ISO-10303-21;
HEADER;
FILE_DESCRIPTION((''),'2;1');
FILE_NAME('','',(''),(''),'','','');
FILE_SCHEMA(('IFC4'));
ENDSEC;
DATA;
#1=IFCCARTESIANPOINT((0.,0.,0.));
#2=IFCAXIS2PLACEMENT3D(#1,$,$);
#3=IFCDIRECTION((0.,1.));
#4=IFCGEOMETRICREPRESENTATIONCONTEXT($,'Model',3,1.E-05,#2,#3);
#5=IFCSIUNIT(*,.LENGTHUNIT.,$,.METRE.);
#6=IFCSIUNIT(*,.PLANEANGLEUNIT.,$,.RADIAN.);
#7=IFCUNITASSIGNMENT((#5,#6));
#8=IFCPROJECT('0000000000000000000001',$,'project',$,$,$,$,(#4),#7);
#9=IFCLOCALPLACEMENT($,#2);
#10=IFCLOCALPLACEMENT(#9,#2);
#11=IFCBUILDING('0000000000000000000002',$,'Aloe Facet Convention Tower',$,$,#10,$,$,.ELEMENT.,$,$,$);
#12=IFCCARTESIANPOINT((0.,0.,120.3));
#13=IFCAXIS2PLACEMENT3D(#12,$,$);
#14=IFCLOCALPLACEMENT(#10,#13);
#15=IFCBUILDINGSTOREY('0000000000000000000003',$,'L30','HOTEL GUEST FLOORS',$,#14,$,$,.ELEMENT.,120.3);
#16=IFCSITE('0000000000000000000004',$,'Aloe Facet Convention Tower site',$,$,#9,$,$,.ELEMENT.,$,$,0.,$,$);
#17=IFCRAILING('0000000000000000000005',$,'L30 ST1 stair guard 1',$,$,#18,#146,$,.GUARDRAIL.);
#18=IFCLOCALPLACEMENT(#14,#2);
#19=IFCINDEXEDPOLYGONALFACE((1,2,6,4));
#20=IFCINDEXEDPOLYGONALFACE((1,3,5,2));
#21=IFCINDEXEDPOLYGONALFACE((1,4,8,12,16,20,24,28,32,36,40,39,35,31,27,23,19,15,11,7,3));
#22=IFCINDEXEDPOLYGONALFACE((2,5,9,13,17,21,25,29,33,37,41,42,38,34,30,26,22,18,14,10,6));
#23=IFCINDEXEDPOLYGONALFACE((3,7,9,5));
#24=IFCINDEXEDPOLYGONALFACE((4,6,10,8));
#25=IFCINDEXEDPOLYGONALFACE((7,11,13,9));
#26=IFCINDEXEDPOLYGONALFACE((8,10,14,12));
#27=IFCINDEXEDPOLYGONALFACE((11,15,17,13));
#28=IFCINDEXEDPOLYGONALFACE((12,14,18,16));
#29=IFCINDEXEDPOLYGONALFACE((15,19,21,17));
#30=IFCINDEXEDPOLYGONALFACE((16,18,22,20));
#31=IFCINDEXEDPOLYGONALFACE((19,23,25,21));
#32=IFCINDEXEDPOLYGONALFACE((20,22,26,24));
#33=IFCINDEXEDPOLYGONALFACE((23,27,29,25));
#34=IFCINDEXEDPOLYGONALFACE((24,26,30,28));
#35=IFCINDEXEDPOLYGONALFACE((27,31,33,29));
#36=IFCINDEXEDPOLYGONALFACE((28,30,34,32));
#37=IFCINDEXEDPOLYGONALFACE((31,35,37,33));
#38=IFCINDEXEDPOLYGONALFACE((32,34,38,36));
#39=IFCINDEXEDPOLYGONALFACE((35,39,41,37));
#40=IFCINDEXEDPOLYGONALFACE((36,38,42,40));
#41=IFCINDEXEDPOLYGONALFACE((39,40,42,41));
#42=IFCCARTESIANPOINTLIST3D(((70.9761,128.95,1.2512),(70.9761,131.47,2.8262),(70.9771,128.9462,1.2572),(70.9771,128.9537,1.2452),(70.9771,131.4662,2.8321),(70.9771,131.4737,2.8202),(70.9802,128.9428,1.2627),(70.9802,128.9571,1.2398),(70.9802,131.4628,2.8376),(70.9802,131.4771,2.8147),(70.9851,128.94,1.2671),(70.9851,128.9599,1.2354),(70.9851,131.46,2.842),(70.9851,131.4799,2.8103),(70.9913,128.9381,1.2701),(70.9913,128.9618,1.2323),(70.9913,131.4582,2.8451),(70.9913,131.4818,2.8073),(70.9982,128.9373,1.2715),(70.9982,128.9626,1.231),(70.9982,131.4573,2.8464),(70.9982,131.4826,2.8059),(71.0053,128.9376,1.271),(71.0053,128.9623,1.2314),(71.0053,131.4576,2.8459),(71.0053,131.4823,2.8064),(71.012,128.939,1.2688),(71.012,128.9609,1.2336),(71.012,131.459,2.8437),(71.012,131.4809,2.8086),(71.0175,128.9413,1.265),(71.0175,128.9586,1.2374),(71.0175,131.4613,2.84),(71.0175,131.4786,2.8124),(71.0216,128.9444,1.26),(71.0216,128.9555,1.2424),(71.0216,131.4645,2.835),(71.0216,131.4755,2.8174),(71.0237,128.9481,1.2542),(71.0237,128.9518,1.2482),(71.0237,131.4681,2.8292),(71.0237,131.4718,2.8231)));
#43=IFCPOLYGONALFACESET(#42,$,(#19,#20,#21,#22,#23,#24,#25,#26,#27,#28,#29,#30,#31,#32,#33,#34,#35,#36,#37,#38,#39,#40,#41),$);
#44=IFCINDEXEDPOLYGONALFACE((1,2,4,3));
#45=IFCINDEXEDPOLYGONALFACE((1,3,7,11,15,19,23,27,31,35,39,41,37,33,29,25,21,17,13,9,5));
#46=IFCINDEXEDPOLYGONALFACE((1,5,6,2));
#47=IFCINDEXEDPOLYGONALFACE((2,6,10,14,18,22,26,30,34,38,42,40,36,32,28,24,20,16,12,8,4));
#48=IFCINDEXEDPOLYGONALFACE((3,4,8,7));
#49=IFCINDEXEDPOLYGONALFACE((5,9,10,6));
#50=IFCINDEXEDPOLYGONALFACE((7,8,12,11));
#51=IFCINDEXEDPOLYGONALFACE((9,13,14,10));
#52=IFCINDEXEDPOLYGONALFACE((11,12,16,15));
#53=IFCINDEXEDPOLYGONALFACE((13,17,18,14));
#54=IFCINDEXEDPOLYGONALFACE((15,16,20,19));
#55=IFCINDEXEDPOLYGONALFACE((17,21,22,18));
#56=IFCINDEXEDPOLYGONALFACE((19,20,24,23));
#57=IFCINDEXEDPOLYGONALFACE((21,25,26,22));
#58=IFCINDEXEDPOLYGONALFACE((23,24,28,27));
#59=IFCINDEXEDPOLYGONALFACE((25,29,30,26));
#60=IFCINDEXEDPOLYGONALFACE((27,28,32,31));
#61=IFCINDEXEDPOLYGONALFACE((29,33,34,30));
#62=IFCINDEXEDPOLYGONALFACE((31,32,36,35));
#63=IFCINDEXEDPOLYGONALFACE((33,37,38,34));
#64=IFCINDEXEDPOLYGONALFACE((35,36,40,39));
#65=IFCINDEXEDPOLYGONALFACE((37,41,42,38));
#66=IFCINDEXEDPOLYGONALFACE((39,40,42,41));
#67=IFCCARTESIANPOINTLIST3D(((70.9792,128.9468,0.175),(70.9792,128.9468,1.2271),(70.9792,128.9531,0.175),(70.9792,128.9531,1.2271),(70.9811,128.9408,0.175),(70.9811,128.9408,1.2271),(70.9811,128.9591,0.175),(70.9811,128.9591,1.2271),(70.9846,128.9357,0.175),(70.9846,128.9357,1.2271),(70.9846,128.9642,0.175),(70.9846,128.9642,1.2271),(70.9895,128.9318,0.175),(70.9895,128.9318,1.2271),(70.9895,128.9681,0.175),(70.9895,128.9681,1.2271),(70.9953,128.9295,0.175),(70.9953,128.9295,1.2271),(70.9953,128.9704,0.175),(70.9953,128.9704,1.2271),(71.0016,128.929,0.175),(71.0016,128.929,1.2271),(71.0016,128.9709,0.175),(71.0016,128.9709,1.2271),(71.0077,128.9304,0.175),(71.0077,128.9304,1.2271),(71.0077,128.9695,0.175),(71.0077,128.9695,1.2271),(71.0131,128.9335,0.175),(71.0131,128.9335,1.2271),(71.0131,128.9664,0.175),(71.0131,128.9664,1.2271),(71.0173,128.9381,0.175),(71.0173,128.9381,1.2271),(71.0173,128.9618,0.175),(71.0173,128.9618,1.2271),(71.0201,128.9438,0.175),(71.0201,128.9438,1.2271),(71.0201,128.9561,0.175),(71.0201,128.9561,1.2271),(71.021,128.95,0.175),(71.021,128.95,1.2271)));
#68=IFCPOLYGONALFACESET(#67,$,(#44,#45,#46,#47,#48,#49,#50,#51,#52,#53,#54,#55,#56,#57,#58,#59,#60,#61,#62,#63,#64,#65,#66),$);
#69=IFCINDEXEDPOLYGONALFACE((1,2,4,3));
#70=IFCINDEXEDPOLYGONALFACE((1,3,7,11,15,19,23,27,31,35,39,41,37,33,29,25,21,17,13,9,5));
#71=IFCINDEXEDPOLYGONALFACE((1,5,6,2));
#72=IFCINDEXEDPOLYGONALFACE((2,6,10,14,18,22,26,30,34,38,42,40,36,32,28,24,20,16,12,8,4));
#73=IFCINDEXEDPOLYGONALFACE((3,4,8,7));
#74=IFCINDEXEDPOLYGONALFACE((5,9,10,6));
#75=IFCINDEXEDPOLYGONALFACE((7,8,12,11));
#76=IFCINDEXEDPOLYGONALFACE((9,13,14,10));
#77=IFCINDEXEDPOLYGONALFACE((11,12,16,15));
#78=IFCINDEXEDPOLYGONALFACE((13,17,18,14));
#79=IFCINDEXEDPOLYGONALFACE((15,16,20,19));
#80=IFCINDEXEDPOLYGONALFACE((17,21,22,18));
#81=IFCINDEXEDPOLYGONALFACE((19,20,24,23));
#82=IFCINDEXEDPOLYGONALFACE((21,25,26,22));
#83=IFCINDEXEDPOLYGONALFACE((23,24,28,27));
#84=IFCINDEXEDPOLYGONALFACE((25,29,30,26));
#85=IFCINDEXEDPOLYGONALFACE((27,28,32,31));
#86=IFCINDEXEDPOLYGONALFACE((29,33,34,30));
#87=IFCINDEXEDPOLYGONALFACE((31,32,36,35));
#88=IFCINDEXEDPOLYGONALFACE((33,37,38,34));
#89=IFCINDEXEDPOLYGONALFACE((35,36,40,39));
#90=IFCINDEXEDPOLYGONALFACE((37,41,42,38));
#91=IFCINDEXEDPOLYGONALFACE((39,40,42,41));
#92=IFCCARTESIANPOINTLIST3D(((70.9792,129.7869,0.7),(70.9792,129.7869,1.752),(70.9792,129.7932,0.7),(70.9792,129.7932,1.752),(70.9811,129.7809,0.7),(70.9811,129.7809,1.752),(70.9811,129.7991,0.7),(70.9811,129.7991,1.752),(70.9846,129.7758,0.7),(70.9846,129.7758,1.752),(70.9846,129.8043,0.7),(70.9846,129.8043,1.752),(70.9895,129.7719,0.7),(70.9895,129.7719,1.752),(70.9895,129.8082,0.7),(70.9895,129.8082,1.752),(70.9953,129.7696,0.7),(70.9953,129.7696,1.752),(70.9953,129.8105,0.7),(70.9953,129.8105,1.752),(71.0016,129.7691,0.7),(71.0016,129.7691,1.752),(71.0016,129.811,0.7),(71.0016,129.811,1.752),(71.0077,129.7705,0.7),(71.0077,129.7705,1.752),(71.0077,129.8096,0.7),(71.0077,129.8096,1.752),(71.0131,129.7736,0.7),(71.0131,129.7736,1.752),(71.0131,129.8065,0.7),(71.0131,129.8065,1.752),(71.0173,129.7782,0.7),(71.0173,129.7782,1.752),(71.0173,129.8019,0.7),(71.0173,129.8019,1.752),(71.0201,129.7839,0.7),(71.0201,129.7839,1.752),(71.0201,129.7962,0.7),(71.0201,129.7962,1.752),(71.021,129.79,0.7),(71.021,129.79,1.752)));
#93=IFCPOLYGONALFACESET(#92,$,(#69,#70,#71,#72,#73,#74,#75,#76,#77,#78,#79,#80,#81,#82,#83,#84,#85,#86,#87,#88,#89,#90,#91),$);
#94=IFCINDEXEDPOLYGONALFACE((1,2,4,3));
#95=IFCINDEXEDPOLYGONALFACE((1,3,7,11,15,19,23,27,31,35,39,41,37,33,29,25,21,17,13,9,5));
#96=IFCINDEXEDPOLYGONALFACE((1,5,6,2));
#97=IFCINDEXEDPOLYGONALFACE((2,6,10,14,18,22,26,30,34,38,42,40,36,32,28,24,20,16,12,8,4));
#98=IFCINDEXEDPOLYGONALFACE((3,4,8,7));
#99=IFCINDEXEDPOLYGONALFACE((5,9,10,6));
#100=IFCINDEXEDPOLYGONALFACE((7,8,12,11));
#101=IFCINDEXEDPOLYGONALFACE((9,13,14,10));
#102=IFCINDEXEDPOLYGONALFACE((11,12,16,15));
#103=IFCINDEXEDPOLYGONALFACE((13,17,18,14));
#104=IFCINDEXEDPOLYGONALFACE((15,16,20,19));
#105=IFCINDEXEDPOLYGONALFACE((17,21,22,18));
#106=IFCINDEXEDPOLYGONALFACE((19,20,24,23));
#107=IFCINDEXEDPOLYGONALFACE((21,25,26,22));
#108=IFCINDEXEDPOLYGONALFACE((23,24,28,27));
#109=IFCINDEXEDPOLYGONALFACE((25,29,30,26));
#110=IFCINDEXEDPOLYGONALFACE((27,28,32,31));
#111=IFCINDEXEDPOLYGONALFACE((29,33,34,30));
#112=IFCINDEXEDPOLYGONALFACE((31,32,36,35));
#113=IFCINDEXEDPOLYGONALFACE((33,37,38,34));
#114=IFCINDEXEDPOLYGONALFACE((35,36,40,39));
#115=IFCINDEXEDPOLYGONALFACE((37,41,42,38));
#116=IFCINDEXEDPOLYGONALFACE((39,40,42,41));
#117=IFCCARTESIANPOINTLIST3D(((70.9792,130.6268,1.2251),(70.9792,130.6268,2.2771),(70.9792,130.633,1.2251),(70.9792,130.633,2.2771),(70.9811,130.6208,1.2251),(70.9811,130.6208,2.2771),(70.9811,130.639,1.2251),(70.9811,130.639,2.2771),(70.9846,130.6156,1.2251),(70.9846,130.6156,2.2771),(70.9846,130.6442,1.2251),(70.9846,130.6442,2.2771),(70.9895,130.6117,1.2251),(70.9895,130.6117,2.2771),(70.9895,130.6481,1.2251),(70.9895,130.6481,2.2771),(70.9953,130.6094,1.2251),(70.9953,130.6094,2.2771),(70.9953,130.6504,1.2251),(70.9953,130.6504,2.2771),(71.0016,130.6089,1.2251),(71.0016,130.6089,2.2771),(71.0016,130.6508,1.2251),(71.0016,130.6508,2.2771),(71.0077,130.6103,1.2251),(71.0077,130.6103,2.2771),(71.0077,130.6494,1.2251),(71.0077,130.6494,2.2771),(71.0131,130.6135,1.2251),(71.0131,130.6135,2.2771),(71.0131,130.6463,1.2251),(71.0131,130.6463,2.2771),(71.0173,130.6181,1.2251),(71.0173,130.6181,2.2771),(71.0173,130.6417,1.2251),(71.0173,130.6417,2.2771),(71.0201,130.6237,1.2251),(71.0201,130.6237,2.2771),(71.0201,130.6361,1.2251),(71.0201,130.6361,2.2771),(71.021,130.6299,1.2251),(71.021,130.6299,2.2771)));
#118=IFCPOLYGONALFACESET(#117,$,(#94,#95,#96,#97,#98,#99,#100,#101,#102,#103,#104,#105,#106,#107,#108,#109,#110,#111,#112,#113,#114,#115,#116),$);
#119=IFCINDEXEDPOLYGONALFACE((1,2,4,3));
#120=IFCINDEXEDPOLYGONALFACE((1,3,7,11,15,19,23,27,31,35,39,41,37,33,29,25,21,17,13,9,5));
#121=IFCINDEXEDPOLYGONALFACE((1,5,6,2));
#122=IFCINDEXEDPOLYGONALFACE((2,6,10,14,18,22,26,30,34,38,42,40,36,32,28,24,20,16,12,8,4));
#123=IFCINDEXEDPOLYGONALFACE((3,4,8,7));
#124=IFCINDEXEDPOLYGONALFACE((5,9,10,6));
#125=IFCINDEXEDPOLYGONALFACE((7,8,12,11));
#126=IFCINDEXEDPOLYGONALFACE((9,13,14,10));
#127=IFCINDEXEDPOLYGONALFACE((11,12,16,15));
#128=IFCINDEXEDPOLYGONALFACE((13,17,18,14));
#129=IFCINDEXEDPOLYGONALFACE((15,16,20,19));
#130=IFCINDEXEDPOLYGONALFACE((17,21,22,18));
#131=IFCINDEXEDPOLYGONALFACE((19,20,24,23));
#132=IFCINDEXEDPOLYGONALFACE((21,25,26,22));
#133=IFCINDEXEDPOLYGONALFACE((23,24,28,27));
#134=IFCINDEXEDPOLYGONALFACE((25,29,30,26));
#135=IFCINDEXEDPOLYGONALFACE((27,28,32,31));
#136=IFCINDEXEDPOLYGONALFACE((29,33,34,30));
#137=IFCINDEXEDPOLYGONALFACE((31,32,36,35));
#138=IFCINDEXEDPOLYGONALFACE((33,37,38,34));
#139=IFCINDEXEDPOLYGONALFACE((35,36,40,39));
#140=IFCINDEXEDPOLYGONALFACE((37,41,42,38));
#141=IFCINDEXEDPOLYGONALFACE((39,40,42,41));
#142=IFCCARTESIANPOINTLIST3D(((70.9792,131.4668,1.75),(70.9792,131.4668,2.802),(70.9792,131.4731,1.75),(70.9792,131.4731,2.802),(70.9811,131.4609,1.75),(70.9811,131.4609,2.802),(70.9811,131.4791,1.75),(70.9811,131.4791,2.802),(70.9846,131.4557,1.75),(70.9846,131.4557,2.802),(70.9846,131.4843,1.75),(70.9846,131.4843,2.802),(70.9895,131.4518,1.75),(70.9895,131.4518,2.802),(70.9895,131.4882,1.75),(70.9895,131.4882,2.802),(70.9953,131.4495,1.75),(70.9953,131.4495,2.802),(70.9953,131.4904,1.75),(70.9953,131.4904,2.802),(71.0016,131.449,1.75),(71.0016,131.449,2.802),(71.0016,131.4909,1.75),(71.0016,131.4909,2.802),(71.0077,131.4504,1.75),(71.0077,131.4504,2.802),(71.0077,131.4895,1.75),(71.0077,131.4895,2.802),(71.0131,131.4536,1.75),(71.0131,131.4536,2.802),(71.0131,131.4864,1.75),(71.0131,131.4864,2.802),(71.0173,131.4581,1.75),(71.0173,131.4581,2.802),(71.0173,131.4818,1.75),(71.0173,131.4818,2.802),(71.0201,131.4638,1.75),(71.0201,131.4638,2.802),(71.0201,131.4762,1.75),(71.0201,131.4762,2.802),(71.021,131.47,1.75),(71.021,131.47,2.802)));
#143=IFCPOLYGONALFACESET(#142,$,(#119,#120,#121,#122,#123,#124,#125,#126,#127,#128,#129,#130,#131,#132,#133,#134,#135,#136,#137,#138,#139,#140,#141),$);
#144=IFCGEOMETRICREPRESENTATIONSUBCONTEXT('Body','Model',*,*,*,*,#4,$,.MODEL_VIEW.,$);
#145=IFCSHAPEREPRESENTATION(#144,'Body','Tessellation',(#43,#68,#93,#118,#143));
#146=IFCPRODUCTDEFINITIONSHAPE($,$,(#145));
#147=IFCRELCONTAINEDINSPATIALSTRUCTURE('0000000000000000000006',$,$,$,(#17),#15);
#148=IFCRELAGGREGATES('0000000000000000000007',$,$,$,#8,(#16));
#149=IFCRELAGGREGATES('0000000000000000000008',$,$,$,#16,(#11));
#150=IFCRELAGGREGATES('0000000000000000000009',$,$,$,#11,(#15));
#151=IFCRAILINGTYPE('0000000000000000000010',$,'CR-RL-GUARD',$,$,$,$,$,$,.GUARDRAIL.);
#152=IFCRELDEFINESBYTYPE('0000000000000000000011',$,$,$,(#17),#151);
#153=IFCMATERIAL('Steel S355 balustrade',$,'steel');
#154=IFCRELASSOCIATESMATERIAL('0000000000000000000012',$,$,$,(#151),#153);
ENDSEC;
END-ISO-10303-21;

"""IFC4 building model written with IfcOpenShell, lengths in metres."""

from ifc_helpers import new_model, si_unit, direction, frame, origin, origin_2d, place, context, subcontext, project, spatial, circle, extrude, material, type_object, element, save


model = new_model("IFC4")

# Units and contexts
model_context = context("Model", 3, precision=1e-05, world=origin(), true_north=direction((0.0, 1.0)))
body_context = subcontext(model_context, "Body", "Model", "MODEL_VIEW")
ifc_project = project(units=[si_unit("LENGTHUNIT", "METRE"), si_unit("PLANEANGLEUNIT", "RADIAN")], contexts=[model_context])

# Site, building, storey
site_placement = place(None, origin())
site = spatial("IfcSite", under=ifc_project, at=site_placement, Name="Aloe Facet Convention Tower site", CompositionType="ELEMENT", RefElevation=0.0)
building_placement = place(site_placement, origin())
building = spatial("IfcBuilding", under=site, at=building_placement, Name="Aloe Facet Convention Tower", CompositionType="ELEMENT")
storey_placement = place(building_placement, frame((0.0, 0.0, 120.3)))
storey = spatial("IfcBuildingStorey", under=building, at=storey_placement, Name="L30", Description="HOTEL GUEST FLOORS", CompositionType="ELEMENT", Elevation=120.3)

# Railing
ifc_material_1 = material(Name="Steel S355 balustrade", Category="steel")
railing_type_1 = type_object("IfcRailingType", Name="CR-RL-GUARD", PredefinedType="GUARDRAIL", material=ifc_material_1)
railing_1_placement = place(storey_placement, frame((71.0, 128.95, 0.175)))
element("IfcRailing", 1, at=railing_1_placement, inside=storey, type_object=railing_type_1, Name="L30 ST1 stair guard 1", PredefinedType="GUARDRAIL", context=body_context, shape_type="SweptSolid", body=[
    extrude(circle(Radius=0.0239, at=origin_2d()), frame((0.0, 0.0, 1.0762), z_axis=(0.0, 0.848008, 0.529984), x_axis=(-1.0, 0.0, 0.0)), (0.0, 0.0, 1.0), 2.9717),
    extrude(circle(Radius=0.021, at=origin_2d()), origin(), (0.0, 0.0, 1.0), 1.052),
    extrude(circle(Radius=0.021, at=origin_2d()), frame((0.0, 0.8401, 0.5249)), (0.0, 0.0, 1.0), 1.052),
    extrude(circle(Radius=0.021, at=origin_2d()), frame((0.0, 1.6799, 1.05)), (0.0, 0.0, 1.0), 1.052),
    extrude(circle(Radius=0.021, at=origin_2d()), frame((0.0, 2.52, 1.575)), (0.0, 0.0, 1.0), 1.052),
])

save(model, "model.ifc")
